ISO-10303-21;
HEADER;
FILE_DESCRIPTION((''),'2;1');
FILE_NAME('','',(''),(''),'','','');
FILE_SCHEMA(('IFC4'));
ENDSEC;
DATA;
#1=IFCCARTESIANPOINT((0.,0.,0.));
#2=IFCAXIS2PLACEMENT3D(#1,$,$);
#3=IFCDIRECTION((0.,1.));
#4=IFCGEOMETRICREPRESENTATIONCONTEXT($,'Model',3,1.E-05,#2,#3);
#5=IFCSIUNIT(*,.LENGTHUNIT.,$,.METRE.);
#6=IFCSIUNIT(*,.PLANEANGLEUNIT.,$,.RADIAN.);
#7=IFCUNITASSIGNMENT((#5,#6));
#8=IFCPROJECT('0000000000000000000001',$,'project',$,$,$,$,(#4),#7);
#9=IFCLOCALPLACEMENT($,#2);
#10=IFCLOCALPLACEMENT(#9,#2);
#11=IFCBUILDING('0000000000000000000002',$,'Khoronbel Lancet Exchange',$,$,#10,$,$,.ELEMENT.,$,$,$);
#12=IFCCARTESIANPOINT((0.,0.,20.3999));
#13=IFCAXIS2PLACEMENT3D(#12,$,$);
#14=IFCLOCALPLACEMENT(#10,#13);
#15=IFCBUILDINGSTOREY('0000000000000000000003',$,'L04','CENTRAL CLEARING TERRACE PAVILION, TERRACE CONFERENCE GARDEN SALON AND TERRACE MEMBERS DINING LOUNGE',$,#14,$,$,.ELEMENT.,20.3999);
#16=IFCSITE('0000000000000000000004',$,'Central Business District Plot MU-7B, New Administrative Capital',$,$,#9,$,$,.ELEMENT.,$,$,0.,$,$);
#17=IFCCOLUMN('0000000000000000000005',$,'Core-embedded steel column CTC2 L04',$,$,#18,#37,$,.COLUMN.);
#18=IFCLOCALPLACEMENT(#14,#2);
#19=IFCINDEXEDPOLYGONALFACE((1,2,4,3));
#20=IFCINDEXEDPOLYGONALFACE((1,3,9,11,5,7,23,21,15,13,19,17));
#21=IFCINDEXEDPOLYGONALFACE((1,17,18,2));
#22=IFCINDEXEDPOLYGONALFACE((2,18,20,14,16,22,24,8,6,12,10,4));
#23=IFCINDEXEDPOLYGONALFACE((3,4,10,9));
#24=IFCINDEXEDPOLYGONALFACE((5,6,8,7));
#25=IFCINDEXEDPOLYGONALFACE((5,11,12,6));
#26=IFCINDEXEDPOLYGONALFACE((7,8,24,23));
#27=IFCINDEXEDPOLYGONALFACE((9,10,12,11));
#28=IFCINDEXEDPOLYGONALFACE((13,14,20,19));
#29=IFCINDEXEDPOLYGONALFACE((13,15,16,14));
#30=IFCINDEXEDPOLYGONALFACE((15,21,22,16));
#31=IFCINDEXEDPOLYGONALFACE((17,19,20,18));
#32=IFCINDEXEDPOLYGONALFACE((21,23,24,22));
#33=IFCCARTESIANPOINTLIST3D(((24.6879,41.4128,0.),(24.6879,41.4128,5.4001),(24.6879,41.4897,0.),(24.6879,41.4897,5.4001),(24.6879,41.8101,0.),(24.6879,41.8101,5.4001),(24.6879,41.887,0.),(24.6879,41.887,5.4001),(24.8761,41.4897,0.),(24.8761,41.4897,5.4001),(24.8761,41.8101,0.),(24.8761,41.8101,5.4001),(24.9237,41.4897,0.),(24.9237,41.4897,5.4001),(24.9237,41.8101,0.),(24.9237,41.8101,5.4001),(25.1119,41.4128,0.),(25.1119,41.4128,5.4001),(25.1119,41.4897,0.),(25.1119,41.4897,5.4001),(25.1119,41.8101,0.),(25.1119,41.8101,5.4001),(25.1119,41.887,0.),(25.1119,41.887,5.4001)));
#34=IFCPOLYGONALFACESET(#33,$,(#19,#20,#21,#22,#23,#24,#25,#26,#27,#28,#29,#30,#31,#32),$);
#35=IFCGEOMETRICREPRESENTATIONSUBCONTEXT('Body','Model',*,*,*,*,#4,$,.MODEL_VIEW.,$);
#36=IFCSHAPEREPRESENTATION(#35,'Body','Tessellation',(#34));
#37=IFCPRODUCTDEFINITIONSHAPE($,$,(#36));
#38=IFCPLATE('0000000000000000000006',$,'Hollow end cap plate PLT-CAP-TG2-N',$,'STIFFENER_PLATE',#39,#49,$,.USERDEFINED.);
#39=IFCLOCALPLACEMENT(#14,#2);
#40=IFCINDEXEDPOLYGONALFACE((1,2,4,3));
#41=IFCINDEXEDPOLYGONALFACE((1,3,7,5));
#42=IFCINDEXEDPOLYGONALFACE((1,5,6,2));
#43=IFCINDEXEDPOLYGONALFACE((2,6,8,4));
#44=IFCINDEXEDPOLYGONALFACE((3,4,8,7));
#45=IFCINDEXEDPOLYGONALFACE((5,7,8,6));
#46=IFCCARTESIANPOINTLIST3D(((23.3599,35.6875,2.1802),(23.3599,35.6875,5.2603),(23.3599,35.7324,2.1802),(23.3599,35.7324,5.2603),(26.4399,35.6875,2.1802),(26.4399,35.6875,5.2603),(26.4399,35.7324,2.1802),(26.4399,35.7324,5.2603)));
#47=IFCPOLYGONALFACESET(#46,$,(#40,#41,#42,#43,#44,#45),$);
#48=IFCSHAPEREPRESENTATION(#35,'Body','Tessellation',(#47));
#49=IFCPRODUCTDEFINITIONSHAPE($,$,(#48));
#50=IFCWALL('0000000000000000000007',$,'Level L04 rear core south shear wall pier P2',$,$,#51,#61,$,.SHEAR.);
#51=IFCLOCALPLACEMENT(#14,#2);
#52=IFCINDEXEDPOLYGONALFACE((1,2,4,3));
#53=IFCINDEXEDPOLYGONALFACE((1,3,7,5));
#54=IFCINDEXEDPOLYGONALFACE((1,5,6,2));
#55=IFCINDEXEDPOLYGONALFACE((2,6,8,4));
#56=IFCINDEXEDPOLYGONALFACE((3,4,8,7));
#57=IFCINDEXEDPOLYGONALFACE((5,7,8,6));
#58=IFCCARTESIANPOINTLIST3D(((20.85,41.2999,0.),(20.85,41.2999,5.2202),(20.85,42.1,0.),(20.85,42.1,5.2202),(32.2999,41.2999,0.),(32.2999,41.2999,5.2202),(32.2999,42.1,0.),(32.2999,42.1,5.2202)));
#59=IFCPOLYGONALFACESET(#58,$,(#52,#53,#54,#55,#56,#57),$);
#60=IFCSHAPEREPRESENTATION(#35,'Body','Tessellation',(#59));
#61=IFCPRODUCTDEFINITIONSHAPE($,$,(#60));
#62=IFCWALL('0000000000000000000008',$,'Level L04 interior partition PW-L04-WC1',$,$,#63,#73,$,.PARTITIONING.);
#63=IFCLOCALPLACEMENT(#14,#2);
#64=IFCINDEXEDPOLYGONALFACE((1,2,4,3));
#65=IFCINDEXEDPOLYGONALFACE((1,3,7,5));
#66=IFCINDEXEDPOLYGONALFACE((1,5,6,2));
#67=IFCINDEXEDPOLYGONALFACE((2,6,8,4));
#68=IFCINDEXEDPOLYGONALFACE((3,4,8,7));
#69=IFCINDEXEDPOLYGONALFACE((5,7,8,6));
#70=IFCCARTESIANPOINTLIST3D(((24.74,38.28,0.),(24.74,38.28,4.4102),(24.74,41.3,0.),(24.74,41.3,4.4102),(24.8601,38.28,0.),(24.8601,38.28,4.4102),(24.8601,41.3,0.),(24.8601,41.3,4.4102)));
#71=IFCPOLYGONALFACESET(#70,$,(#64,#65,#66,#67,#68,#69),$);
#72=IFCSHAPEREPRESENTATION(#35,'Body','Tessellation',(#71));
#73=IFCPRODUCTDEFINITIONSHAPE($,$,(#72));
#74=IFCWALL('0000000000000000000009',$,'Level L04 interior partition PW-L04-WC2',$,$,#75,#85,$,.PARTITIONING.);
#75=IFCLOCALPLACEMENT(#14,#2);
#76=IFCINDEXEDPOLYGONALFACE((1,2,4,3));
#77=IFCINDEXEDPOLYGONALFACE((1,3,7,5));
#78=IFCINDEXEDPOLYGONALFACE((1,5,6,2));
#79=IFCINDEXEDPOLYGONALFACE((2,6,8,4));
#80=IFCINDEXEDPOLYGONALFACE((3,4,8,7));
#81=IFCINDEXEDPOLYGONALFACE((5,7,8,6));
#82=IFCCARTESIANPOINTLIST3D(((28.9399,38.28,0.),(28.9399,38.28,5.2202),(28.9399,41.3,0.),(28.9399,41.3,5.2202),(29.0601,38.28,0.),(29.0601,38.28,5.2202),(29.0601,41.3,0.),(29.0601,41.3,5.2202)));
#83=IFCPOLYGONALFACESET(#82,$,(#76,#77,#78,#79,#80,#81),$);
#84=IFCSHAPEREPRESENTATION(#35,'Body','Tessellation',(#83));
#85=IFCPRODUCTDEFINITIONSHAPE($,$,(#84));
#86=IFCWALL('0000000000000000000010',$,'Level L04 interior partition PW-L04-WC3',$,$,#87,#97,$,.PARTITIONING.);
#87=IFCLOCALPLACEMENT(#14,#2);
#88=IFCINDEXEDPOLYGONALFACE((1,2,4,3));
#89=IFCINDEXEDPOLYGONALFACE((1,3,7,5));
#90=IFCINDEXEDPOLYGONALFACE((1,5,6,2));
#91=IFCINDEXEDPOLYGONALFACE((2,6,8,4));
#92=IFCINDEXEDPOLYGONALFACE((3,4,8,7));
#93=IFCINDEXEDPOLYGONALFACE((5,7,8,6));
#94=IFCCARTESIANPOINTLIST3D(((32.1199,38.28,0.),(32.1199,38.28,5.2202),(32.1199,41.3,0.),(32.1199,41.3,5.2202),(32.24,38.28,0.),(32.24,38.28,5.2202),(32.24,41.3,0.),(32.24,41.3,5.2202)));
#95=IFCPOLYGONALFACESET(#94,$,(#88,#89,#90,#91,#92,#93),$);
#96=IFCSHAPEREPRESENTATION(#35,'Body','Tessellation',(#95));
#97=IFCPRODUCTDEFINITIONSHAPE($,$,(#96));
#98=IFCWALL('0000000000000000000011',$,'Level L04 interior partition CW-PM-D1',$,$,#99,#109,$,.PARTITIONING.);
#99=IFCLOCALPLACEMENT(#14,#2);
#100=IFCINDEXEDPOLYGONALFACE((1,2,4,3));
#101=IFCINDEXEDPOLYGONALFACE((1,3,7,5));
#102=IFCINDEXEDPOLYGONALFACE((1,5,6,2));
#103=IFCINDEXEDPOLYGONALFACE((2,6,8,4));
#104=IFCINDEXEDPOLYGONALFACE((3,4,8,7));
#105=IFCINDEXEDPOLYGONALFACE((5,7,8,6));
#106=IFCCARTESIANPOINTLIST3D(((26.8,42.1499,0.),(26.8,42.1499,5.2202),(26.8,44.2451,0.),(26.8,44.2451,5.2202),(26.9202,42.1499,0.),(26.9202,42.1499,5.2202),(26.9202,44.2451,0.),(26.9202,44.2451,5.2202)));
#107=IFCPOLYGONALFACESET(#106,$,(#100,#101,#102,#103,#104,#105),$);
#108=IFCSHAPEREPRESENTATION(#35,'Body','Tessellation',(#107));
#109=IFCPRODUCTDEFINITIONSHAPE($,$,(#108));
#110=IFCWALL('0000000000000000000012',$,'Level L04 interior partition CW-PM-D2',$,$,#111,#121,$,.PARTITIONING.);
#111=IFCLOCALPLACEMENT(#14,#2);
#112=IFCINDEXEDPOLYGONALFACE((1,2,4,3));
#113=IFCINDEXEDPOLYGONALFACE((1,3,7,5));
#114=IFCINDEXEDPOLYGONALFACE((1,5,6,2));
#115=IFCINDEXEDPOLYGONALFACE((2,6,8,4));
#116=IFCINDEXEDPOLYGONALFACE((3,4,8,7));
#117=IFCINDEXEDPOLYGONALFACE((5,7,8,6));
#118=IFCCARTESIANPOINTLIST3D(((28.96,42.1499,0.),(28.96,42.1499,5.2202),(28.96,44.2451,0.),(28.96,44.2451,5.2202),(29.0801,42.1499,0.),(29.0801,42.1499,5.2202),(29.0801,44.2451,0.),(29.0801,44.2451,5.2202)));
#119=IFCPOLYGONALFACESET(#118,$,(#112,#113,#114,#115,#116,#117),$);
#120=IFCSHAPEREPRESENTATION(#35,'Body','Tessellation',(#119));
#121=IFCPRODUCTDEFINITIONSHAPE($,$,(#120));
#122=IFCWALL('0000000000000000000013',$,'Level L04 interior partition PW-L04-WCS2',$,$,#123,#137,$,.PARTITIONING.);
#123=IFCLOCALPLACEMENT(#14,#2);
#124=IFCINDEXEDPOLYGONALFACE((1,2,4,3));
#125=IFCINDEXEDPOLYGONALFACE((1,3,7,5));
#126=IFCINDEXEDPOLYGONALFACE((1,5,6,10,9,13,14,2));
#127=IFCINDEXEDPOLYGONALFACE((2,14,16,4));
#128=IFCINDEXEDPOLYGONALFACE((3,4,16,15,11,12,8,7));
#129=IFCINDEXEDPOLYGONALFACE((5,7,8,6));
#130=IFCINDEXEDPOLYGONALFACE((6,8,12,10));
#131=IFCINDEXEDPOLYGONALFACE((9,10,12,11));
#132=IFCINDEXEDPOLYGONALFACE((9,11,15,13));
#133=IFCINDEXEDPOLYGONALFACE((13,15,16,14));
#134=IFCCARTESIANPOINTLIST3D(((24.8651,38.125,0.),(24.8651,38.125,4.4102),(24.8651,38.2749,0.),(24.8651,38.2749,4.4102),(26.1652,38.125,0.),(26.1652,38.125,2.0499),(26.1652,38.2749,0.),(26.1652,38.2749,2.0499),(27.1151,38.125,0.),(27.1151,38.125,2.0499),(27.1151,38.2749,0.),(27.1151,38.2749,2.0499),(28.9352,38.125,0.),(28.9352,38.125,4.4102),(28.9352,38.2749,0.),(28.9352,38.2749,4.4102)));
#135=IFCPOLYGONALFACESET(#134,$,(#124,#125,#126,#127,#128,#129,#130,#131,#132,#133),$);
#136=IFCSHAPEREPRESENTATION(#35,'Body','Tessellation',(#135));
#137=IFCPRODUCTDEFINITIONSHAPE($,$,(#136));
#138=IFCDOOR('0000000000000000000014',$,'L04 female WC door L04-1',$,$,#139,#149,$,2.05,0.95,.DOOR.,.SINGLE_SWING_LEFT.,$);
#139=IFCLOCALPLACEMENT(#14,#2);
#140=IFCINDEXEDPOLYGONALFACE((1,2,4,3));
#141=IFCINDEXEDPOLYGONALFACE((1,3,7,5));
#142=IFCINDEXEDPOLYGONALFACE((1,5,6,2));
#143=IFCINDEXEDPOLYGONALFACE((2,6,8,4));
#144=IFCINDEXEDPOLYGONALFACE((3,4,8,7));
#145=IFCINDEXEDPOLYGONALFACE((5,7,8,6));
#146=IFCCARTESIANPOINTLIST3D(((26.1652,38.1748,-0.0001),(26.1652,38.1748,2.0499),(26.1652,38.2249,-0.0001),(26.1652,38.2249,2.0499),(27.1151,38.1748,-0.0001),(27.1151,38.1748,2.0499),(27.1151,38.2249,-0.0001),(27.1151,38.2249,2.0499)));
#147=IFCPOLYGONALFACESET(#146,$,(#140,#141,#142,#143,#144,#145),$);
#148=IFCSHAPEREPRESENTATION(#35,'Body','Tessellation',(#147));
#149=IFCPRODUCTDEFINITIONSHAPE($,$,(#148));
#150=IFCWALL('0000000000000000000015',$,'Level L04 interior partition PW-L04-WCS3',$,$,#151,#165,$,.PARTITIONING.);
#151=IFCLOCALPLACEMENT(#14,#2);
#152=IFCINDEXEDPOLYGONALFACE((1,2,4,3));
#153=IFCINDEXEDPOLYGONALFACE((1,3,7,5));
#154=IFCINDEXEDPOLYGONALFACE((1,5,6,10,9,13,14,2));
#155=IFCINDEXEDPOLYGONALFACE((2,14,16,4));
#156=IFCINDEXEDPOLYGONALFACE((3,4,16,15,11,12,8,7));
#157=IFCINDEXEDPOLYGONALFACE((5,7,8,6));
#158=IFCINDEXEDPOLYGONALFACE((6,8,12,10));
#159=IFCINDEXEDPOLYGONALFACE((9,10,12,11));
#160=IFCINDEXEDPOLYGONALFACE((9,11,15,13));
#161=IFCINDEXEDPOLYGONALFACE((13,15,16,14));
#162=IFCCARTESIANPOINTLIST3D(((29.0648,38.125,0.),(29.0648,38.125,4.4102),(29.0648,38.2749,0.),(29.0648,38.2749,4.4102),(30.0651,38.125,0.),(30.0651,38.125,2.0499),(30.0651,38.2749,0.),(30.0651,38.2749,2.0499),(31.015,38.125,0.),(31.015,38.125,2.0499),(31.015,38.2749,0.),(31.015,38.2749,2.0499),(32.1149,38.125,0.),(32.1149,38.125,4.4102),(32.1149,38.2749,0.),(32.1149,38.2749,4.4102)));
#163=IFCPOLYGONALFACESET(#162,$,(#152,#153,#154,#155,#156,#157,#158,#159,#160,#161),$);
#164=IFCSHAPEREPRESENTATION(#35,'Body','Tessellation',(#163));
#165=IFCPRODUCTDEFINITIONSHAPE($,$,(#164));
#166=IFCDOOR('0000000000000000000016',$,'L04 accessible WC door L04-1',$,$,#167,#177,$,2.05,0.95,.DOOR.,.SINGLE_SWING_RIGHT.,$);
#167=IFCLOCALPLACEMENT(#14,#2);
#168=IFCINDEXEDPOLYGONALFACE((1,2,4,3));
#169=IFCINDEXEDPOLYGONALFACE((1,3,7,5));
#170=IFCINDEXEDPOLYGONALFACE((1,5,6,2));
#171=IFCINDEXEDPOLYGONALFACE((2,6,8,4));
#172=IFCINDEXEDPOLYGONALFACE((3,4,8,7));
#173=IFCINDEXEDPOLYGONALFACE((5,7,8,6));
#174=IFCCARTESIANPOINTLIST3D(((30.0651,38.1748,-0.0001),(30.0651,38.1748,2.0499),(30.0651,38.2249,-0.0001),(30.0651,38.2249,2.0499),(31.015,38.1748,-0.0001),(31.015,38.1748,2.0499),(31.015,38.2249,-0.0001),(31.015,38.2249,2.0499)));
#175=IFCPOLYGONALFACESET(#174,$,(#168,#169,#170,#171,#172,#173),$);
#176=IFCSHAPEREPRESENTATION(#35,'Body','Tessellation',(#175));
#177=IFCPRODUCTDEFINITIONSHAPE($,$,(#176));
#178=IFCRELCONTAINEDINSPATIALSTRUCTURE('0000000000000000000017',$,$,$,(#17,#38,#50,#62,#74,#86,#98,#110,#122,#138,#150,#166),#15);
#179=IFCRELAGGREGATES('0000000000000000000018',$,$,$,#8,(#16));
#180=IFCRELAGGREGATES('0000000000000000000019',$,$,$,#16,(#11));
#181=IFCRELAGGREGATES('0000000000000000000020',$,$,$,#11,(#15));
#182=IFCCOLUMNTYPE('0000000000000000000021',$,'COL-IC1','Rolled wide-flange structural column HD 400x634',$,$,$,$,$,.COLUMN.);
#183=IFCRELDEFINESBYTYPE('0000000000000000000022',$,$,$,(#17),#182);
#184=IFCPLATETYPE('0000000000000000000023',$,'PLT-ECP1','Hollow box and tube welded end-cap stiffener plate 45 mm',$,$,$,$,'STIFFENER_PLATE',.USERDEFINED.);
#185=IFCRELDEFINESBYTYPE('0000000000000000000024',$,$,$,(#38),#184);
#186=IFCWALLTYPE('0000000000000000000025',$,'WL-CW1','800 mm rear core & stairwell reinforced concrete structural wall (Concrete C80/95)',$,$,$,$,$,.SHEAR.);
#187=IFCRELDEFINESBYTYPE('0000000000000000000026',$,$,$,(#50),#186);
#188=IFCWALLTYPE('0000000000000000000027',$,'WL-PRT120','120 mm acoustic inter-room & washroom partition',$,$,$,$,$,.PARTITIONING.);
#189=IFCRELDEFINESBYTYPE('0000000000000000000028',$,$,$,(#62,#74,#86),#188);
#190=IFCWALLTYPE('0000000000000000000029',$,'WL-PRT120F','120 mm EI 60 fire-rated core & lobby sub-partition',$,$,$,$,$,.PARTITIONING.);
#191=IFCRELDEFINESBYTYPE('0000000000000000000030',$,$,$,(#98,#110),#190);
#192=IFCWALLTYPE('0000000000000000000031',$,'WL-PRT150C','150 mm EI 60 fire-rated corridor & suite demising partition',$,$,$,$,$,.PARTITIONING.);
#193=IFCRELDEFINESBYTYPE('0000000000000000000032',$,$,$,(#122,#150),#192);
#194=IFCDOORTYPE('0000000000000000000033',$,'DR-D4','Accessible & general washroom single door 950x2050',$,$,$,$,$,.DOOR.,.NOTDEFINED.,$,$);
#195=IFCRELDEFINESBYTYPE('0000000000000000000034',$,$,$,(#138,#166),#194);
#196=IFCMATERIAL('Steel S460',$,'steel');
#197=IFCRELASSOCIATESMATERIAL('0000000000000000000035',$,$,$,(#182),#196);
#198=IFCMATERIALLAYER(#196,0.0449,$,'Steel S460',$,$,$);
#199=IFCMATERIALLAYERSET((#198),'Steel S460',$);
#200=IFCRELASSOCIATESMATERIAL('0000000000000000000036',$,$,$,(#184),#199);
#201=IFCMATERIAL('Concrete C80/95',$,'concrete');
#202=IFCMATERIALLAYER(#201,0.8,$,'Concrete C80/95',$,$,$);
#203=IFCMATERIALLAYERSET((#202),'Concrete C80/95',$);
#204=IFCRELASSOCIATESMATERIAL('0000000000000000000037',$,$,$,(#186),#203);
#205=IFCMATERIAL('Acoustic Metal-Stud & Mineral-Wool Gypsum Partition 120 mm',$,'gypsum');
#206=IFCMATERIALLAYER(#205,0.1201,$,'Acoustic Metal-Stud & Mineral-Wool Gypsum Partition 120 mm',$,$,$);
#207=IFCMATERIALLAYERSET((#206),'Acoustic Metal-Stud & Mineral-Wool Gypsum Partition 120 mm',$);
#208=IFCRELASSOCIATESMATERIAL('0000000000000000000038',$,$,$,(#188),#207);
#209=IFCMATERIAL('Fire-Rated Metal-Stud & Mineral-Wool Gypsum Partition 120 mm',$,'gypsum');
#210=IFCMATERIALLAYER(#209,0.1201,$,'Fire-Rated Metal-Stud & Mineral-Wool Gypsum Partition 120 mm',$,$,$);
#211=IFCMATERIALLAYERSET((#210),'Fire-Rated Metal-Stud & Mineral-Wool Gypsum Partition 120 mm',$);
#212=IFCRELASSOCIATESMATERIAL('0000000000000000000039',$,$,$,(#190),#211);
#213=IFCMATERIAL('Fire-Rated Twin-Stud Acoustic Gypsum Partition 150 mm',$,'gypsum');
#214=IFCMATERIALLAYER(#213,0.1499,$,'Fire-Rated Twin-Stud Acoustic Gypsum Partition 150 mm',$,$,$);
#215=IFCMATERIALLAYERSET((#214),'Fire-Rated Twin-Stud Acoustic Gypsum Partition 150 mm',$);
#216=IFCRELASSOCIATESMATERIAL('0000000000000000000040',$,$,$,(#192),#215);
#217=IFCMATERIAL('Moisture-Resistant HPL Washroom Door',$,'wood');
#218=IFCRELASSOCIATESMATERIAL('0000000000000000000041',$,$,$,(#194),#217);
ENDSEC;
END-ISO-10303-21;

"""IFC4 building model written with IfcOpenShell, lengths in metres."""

from ifc_helpers import new_model, si_unit, direction, frame, frame_2d, origin, origin_2d, place, context, subcontext, project, spatial, rectangle, i_section, extrude, material, layer, layer_set, material_profile, profile_set, type_object, element, fill, save


model = new_model("IFC4")

# Units and contexts
model_context = context("Model", 3, precision=1e-05, world=origin(), true_north=direction((0.0, 1.0)))
body_context = subcontext(model_context, "Body", "Model", "MODEL_VIEW")
ifc_project = project(units=[si_unit("LENGTHUNIT", "METRE"), si_unit("PLANEANGLEUNIT", "RADIAN")], contexts=[model_context])

# Site, building, storey
site_placement = place(None, origin())
site = spatial("IfcSite", under=ifc_project, at=site_placement, Name="Central Business District Plot MU-7B, New Administrative Capital", CompositionType="ELEMENT", RefElevation=0.0)
building_placement = place(site_placement, origin())
building = spatial("IfcBuilding", under=site, at=building_placement, Name="Khoronbel Lancet Exchange", CompositionType="ELEMENT")
storey_placement = place(building_placement, frame((0.0, 0.0, 20.3999)))
storey = spatial("IfcBuildingStorey", under=building, at=storey_placement, Name="L04", Description="CENTRAL CLEARING TERRACE PAVILION, TERRACE CONFERENCE GARDEN SALON AND TERRACE MEMBERS DINING LOUNGE", CompositionType="ELEMENT", Elevation=20.3999)

# Column
ifc_material_1 = material(Name="Steel S460", Category="steel")
ifc_material_profile = material_profile(ifc_material_1, i_section(OverallWidth=0.4241, OverallDepth=0.4741, WebThickness=0.0476, FlangeThickness=0.0769, at=origin_2d()), Name="HD 400x634")
ifc_profile_set = profile_set([ifc_material_profile], Name="Steel S460")
column_type = type_object("IfcColumnType", Name="COL-IC1", Description="Rolled wide-flange structural column HD 400x634", PredefinedType="COLUMN", material=ifc_profile_set)
column_placement = place(storey_placement, frame((24.8999, 41.6499, 0.0), z_axis=(0.0, 0.0, 1.0), x_axis=(1.0, 0.0, 0.0)))
element("IfcColumn", 1, at=column_placement, inside=storey, type_object=column_type, Name="Core-embedded steel column CTC2 L04", PredefinedType="COLUMN", context=body_context, shape_type="SweptSolid", body=[
    extrude(i_section(OverallWidth=0.4241, OverallDepth=0.4741, WebThickness=0.0476, FlangeThickness=0.0769, at=origin_2d()), origin(), (0.0, 0.0, 1.0), 5.4001),
])

# Plate
ifc_layer_1 = layer(ifc_material_1, 0.0449, Name="Steel S460")
ifc_layer_set_1 = layer_set([ifc_layer_1], Name="Steel S460")
plate_type = type_object("IfcPlateType", Name="PLT-ECP1", Description="Hollow box and tube welded end-cap stiffener plate 45 mm", ElementType="STIFFENER_PLATE", PredefinedType="USERDEFINED", material=ifc_layer_set_1)
plate_placement = place(storey_placement, frame((24.8999, 35.71, 2.1802), z_axis=(0.0, 0.0, 1.0), x_axis=(0.0, 1.0, 0.0)))
element("IfcPlate", 2, at=plate_placement, inside=storey, type_object=plate_type, Name="Hollow end cap plate PLT-CAP-TG2-N", ObjectType="STIFFENER_PLATE", PredefinedType="USERDEFINED", context=body_context, shape_type="SweptSolid", body=[
    extrude(rectangle(XDim=0.0449, YDim=3.0801, at=origin_2d()), origin(), (0.0, 0.0, 1.0), 3.0801),
])

# Walls
ifc_material_2 = material(Name="Concrete C80/95", Category="concrete")
ifc_layer_2 = layer(ifc_material_2, 0.8, Name="Concrete C80/95")
ifc_layer_set_2 = layer_set([ifc_layer_2], Name="Concrete C80/95")
wall_type_1 = type_object("IfcWallType", Name="WL-CW1", Description="800 mm rear core & stairwell reinforced concrete structural wall (Concrete C80/95)", PredefinedType="SHEAR", material=ifc_layer_set_2)
wall_1_placement = place(storey_placement, frame((32.3, 41.7, 0.0), z_axis=(0.0, 0.0, 1.0), x_axis=(-1.0, 0.0, 0.0)))
element("IfcWall", 3, at=wall_1_placement, inside=storey, type_object=wall_type_1, Name="Level L04 rear core south shear wall pier P2", PredefinedType="SHEAR", context=body_context, shape_type="SweptSolid", body=[
    extrude(rectangle(XDim=11.45, YDim=0.8, at=frame_2d((5.7251, 0.0))), origin(), (0.0, 0.0, 1.0), 5.2202),
])
ifc_material_3 = material(Name="Acoustic Metal-Stud & Mineral-Wool Gypsum Partition 120 mm", Category="gypsum")
ifc_layer_3 = layer(ifc_material_3, 0.1201, Name="Acoustic Metal-Stud & Mineral-Wool Gypsum Partition 120 mm")
ifc_layer_set_3 = layer_set([ifc_layer_3], Name="Acoustic Metal-Stud & Mineral-Wool Gypsum Partition 120 mm")
wall_type_2 = type_object("IfcWallType", Name="WL-PRT120", Description="120 mm acoustic inter-room & washroom partition", PredefinedType="PARTITIONING", material=ifc_layer_set_3)
wall_2_placement = place(storey_placement, frame((24.8, 38.28, 0.0), z_axis=(0.0, 0.0, 1.0), x_axis=(0.0, 1.0, 0.0)))
element("IfcWall", 4, at=wall_2_placement, inside=storey, type_object=wall_type_2, Name="Level L04 interior partition PW-L04-WC1", PredefinedType="PARTITIONING", context=body_context, shape_type="SweptSolid", body=[
    extrude(rectangle(XDim=3.02, YDim=0.1201, at=frame_2d((1.51, 0.0))), origin(), (0.0, 0.0, 1.0), 4.4102),
])
for number, where, z_axis, x_axis, name in (
    (5, (29.0, 38.28, 0.0), (0.0, 0.0, 1.0), (0.0, 1.0, 0.0), "Level L04 interior partition PW-L04-WC2"),
    (6, (32.1799, 38.28, 0.0), (0.0, 0.0, 1.0), (0.0, 1.0, 0.0), "Level L04 interior partition PW-L04-WC3"),
):
    element("IfcWall", number, at=place(storey_placement, frame(where, z_axis=z_axis, x_axis=x_axis)), inside=storey, type_object=wall_type_2, Name=name, PredefinedType="PARTITIONING", context=body_context, shape_type="SweptSolid", body=[
        extrude(rectangle(XDim=3.02, YDim=0.1201, at=frame_2d((1.51, 0.0))), origin(), (0.0, 0.0, 1.0), 5.2202),
    ])
ifc_material_4 = material(Name="Fire-Rated Metal-Stud & Mineral-Wool Gypsum Partition 120 mm", Category="gypsum")
ifc_layer_4 = layer(ifc_material_4, 0.1201, Name="Fire-Rated Metal-Stud & Mineral-Wool Gypsum Partition 120 mm")
ifc_layer_set_4 = layer_set([ifc_layer_4], Name="Fire-Rated Metal-Stud & Mineral-Wool Gypsum Partition 120 mm")
wall_type_3 = type_object("IfcWallType", Name="WL-PRT120F", Description="120 mm EI 60 fire-rated core & lobby sub-partition", PredefinedType="PARTITIONING", material=ifc_layer_set_4)
for number, where, z_axis, x_axis, name in (
    (7, (26.8601, 42.1499, 0.0), (0.0, 0.0, 1.0), (0.0, 1.0, 0.0), "Level L04 interior partition CW-PM-D1"),
    (8, (29.02, 42.1499, 0.0), (0.0, 0.0, 1.0), (0.0, 1.0, 0.0), "Level L04 interior partition CW-PM-D2"),
):
    element("IfcWall", number, at=place(storey_placement, frame(where, z_axis=z_axis, x_axis=x_axis)), inside=storey, type_object=wall_type_3, Name=name, PredefinedType="PARTITIONING", context=body_context, shape_type="SweptSolid", body=[
        extrude(rectangle(XDim=2.0952, YDim=0.1201, at=frame_2d((1.0476, 0.0))), origin(), (0.0, 0.0, 1.0), 5.2202),
    ])

# Walls, openings, doors
ifc_material_5 = material(Name="Fire-Rated Twin-Stud Acoustic Gypsum Partition 150 mm", Category="gypsum")
ifc_layer_5 = layer(ifc_material_5, 0.1499, Name="Fire-Rated Twin-Stud Acoustic Gypsum Partition 150 mm")
ifc_layer_set_5 = layer_set([ifc_layer_5], Name="Fire-Rated Twin-Stud Acoustic Gypsum Partition 150 mm")
wall_type_4 = type_object("IfcWallType", Name="WL-PRT150C", Description="150 mm EI 60 fire-rated corridor & suite demising partition", PredefinedType="PARTITIONING", material=ifc_layer_set_5)
wall_3_placement = place(storey_placement, frame((24.865, 38.2, 0.0), z_axis=(0.0, 0.0, 1.0), x_axis=(1.0, 0.0, 0.0)))
wall_3 = element("IfcWall", 9, at=wall_3_placement, inside=storey, type_object=wall_type_4, Name="Level L04 interior partition PW-L04-WCS2", PredefinedType="PARTITIONING", context=body_context, shape_type="SweptSolid", body=[
    extrude(rectangle(XDim=4.0701, YDim=0.1499, at=frame_2d((2.0352, 0.0))), origin(), (0.0, 0.0, 1.0), 4.4102),
])
opening_1_placement = place(wall_3_placement, frame((1.3, 0.0, 0.0)))
opening_1 = element("IfcOpeningElement", 10, at=opening_1_placement, cuts=wall_3, PredefinedType="OPENING", context=body_context, shape_type="SweptSolid", body=[
    extrude(rectangle(XDim=0.95, YDim=2.05, at=frame_2d((0.4751, 1.0249))), frame((0.0, 0.085, 0.0), z_axis=(0.0, -1.0, 0.0), x_axis=(1.0, 0.0, 0.0)), (0.0, 0.0, 1.0), 0.1699),
])
ifc_material_6 = material(Name="Moisture-Resistant HPL Washroom Door", Category="wood")
door_type_1 = type_object("IfcDoorType", Name="DR-D4", Description="Accessible & general washroom single door 950x2050", OperationType="NOTDEFINED", PredefinedType="DOOR", material=ifc_material_6)
door_1_placement = place(opening_1_placement, origin())
door_1 = element("IfcDoor", 11, at=door_1_placement, inside=storey, type_object=door_type_1, Name="L04 female WC door L04-1", OperationType="SINGLE_SWING_LEFT", OverallHeight=2.05, OverallWidth=0.95, PredefinedType="DOOR", context=body_context, shape_type="SweptSolid", body=[
    extrude(rectangle(XDim=0.95, YDim=2.05, at=frame_2d((0.4751, 1.0249))), frame((0.0, 0.0249, 0.0), z_axis=(0.0, -1.0, 0.0), x_axis=(1.0, 0.0, 0.0)), (0.0, 0.0, 1.0), 0.05),
])
fill(opening_1, door_1)
wall_4_placement = place(storey_placement, frame((29.0649, 38.2, 0.0), z_axis=(0.0, 0.0, 1.0), x_axis=(1.0, 0.0, 0.0)))
wall_4 = element("IfcWall", 12, at=wall_4_placement, inside=storey, type_object=wall_type_4, Name="Level L04 interior partition PW-L04-WCS3", PredefinedType="PARTITIONING", context=body_context, shape_type="SweptSolid", body=[
    extrude(rectangle(XDim=3.05, YDim=0.1499, at=frame_2d((1.5249, 0.0))), origin(), (0.0, 0.0, 1.0), 4.4102),
])
opening_2_placement = place(wall_4_placement, frame((1.0, 0.0, 0.0)))
opening_2 = element("IfcOpeningElement", 13, at=opening_2_placement, cuts=wall_4, PredefinedType="OPENING", context=body_context, shape_type="SweptSolid", body=[
    extrude(rectangle(XDim=0.95, YDim=2.05, at=frame_2d((0.4751, 1.0249))), frame((0.0, 0.085, 0.0), z_axis=(0.0, -1.0, 0.0), x_axis=(1.0, 0.0, 0.0)), (0.0, 0.0, 1.0), 0.1699),
])
door_2_placement = place(opening_2_placement, origin())
door_2 = element("IfcDoor", 14, at=door_2_placement, inside=storey, type_object=door_type_1, Name="L04 accessible WC door L04-1", OperationType="SINGLE_SWING_RIGHT", OverallHeight=2.05, OverallWidth=0.95, PredefinedType="DOOR", context=body_context, shape_type="SweptSolid", body=[
    extrude(rectangle(XDim=0.95, YDim=2.05, at=frame_2d((0.4751, 1.0249))), frame((0.0, 0.0249, 0.0), z_axis=(0.0, -1.0, 0.0), x_axis=(1.0, 0.0, 0.0)), (0.0, 0.0, 1.0), 0.05),
])
fill(opening_2, door_2)

save(model, "model.ifc")
